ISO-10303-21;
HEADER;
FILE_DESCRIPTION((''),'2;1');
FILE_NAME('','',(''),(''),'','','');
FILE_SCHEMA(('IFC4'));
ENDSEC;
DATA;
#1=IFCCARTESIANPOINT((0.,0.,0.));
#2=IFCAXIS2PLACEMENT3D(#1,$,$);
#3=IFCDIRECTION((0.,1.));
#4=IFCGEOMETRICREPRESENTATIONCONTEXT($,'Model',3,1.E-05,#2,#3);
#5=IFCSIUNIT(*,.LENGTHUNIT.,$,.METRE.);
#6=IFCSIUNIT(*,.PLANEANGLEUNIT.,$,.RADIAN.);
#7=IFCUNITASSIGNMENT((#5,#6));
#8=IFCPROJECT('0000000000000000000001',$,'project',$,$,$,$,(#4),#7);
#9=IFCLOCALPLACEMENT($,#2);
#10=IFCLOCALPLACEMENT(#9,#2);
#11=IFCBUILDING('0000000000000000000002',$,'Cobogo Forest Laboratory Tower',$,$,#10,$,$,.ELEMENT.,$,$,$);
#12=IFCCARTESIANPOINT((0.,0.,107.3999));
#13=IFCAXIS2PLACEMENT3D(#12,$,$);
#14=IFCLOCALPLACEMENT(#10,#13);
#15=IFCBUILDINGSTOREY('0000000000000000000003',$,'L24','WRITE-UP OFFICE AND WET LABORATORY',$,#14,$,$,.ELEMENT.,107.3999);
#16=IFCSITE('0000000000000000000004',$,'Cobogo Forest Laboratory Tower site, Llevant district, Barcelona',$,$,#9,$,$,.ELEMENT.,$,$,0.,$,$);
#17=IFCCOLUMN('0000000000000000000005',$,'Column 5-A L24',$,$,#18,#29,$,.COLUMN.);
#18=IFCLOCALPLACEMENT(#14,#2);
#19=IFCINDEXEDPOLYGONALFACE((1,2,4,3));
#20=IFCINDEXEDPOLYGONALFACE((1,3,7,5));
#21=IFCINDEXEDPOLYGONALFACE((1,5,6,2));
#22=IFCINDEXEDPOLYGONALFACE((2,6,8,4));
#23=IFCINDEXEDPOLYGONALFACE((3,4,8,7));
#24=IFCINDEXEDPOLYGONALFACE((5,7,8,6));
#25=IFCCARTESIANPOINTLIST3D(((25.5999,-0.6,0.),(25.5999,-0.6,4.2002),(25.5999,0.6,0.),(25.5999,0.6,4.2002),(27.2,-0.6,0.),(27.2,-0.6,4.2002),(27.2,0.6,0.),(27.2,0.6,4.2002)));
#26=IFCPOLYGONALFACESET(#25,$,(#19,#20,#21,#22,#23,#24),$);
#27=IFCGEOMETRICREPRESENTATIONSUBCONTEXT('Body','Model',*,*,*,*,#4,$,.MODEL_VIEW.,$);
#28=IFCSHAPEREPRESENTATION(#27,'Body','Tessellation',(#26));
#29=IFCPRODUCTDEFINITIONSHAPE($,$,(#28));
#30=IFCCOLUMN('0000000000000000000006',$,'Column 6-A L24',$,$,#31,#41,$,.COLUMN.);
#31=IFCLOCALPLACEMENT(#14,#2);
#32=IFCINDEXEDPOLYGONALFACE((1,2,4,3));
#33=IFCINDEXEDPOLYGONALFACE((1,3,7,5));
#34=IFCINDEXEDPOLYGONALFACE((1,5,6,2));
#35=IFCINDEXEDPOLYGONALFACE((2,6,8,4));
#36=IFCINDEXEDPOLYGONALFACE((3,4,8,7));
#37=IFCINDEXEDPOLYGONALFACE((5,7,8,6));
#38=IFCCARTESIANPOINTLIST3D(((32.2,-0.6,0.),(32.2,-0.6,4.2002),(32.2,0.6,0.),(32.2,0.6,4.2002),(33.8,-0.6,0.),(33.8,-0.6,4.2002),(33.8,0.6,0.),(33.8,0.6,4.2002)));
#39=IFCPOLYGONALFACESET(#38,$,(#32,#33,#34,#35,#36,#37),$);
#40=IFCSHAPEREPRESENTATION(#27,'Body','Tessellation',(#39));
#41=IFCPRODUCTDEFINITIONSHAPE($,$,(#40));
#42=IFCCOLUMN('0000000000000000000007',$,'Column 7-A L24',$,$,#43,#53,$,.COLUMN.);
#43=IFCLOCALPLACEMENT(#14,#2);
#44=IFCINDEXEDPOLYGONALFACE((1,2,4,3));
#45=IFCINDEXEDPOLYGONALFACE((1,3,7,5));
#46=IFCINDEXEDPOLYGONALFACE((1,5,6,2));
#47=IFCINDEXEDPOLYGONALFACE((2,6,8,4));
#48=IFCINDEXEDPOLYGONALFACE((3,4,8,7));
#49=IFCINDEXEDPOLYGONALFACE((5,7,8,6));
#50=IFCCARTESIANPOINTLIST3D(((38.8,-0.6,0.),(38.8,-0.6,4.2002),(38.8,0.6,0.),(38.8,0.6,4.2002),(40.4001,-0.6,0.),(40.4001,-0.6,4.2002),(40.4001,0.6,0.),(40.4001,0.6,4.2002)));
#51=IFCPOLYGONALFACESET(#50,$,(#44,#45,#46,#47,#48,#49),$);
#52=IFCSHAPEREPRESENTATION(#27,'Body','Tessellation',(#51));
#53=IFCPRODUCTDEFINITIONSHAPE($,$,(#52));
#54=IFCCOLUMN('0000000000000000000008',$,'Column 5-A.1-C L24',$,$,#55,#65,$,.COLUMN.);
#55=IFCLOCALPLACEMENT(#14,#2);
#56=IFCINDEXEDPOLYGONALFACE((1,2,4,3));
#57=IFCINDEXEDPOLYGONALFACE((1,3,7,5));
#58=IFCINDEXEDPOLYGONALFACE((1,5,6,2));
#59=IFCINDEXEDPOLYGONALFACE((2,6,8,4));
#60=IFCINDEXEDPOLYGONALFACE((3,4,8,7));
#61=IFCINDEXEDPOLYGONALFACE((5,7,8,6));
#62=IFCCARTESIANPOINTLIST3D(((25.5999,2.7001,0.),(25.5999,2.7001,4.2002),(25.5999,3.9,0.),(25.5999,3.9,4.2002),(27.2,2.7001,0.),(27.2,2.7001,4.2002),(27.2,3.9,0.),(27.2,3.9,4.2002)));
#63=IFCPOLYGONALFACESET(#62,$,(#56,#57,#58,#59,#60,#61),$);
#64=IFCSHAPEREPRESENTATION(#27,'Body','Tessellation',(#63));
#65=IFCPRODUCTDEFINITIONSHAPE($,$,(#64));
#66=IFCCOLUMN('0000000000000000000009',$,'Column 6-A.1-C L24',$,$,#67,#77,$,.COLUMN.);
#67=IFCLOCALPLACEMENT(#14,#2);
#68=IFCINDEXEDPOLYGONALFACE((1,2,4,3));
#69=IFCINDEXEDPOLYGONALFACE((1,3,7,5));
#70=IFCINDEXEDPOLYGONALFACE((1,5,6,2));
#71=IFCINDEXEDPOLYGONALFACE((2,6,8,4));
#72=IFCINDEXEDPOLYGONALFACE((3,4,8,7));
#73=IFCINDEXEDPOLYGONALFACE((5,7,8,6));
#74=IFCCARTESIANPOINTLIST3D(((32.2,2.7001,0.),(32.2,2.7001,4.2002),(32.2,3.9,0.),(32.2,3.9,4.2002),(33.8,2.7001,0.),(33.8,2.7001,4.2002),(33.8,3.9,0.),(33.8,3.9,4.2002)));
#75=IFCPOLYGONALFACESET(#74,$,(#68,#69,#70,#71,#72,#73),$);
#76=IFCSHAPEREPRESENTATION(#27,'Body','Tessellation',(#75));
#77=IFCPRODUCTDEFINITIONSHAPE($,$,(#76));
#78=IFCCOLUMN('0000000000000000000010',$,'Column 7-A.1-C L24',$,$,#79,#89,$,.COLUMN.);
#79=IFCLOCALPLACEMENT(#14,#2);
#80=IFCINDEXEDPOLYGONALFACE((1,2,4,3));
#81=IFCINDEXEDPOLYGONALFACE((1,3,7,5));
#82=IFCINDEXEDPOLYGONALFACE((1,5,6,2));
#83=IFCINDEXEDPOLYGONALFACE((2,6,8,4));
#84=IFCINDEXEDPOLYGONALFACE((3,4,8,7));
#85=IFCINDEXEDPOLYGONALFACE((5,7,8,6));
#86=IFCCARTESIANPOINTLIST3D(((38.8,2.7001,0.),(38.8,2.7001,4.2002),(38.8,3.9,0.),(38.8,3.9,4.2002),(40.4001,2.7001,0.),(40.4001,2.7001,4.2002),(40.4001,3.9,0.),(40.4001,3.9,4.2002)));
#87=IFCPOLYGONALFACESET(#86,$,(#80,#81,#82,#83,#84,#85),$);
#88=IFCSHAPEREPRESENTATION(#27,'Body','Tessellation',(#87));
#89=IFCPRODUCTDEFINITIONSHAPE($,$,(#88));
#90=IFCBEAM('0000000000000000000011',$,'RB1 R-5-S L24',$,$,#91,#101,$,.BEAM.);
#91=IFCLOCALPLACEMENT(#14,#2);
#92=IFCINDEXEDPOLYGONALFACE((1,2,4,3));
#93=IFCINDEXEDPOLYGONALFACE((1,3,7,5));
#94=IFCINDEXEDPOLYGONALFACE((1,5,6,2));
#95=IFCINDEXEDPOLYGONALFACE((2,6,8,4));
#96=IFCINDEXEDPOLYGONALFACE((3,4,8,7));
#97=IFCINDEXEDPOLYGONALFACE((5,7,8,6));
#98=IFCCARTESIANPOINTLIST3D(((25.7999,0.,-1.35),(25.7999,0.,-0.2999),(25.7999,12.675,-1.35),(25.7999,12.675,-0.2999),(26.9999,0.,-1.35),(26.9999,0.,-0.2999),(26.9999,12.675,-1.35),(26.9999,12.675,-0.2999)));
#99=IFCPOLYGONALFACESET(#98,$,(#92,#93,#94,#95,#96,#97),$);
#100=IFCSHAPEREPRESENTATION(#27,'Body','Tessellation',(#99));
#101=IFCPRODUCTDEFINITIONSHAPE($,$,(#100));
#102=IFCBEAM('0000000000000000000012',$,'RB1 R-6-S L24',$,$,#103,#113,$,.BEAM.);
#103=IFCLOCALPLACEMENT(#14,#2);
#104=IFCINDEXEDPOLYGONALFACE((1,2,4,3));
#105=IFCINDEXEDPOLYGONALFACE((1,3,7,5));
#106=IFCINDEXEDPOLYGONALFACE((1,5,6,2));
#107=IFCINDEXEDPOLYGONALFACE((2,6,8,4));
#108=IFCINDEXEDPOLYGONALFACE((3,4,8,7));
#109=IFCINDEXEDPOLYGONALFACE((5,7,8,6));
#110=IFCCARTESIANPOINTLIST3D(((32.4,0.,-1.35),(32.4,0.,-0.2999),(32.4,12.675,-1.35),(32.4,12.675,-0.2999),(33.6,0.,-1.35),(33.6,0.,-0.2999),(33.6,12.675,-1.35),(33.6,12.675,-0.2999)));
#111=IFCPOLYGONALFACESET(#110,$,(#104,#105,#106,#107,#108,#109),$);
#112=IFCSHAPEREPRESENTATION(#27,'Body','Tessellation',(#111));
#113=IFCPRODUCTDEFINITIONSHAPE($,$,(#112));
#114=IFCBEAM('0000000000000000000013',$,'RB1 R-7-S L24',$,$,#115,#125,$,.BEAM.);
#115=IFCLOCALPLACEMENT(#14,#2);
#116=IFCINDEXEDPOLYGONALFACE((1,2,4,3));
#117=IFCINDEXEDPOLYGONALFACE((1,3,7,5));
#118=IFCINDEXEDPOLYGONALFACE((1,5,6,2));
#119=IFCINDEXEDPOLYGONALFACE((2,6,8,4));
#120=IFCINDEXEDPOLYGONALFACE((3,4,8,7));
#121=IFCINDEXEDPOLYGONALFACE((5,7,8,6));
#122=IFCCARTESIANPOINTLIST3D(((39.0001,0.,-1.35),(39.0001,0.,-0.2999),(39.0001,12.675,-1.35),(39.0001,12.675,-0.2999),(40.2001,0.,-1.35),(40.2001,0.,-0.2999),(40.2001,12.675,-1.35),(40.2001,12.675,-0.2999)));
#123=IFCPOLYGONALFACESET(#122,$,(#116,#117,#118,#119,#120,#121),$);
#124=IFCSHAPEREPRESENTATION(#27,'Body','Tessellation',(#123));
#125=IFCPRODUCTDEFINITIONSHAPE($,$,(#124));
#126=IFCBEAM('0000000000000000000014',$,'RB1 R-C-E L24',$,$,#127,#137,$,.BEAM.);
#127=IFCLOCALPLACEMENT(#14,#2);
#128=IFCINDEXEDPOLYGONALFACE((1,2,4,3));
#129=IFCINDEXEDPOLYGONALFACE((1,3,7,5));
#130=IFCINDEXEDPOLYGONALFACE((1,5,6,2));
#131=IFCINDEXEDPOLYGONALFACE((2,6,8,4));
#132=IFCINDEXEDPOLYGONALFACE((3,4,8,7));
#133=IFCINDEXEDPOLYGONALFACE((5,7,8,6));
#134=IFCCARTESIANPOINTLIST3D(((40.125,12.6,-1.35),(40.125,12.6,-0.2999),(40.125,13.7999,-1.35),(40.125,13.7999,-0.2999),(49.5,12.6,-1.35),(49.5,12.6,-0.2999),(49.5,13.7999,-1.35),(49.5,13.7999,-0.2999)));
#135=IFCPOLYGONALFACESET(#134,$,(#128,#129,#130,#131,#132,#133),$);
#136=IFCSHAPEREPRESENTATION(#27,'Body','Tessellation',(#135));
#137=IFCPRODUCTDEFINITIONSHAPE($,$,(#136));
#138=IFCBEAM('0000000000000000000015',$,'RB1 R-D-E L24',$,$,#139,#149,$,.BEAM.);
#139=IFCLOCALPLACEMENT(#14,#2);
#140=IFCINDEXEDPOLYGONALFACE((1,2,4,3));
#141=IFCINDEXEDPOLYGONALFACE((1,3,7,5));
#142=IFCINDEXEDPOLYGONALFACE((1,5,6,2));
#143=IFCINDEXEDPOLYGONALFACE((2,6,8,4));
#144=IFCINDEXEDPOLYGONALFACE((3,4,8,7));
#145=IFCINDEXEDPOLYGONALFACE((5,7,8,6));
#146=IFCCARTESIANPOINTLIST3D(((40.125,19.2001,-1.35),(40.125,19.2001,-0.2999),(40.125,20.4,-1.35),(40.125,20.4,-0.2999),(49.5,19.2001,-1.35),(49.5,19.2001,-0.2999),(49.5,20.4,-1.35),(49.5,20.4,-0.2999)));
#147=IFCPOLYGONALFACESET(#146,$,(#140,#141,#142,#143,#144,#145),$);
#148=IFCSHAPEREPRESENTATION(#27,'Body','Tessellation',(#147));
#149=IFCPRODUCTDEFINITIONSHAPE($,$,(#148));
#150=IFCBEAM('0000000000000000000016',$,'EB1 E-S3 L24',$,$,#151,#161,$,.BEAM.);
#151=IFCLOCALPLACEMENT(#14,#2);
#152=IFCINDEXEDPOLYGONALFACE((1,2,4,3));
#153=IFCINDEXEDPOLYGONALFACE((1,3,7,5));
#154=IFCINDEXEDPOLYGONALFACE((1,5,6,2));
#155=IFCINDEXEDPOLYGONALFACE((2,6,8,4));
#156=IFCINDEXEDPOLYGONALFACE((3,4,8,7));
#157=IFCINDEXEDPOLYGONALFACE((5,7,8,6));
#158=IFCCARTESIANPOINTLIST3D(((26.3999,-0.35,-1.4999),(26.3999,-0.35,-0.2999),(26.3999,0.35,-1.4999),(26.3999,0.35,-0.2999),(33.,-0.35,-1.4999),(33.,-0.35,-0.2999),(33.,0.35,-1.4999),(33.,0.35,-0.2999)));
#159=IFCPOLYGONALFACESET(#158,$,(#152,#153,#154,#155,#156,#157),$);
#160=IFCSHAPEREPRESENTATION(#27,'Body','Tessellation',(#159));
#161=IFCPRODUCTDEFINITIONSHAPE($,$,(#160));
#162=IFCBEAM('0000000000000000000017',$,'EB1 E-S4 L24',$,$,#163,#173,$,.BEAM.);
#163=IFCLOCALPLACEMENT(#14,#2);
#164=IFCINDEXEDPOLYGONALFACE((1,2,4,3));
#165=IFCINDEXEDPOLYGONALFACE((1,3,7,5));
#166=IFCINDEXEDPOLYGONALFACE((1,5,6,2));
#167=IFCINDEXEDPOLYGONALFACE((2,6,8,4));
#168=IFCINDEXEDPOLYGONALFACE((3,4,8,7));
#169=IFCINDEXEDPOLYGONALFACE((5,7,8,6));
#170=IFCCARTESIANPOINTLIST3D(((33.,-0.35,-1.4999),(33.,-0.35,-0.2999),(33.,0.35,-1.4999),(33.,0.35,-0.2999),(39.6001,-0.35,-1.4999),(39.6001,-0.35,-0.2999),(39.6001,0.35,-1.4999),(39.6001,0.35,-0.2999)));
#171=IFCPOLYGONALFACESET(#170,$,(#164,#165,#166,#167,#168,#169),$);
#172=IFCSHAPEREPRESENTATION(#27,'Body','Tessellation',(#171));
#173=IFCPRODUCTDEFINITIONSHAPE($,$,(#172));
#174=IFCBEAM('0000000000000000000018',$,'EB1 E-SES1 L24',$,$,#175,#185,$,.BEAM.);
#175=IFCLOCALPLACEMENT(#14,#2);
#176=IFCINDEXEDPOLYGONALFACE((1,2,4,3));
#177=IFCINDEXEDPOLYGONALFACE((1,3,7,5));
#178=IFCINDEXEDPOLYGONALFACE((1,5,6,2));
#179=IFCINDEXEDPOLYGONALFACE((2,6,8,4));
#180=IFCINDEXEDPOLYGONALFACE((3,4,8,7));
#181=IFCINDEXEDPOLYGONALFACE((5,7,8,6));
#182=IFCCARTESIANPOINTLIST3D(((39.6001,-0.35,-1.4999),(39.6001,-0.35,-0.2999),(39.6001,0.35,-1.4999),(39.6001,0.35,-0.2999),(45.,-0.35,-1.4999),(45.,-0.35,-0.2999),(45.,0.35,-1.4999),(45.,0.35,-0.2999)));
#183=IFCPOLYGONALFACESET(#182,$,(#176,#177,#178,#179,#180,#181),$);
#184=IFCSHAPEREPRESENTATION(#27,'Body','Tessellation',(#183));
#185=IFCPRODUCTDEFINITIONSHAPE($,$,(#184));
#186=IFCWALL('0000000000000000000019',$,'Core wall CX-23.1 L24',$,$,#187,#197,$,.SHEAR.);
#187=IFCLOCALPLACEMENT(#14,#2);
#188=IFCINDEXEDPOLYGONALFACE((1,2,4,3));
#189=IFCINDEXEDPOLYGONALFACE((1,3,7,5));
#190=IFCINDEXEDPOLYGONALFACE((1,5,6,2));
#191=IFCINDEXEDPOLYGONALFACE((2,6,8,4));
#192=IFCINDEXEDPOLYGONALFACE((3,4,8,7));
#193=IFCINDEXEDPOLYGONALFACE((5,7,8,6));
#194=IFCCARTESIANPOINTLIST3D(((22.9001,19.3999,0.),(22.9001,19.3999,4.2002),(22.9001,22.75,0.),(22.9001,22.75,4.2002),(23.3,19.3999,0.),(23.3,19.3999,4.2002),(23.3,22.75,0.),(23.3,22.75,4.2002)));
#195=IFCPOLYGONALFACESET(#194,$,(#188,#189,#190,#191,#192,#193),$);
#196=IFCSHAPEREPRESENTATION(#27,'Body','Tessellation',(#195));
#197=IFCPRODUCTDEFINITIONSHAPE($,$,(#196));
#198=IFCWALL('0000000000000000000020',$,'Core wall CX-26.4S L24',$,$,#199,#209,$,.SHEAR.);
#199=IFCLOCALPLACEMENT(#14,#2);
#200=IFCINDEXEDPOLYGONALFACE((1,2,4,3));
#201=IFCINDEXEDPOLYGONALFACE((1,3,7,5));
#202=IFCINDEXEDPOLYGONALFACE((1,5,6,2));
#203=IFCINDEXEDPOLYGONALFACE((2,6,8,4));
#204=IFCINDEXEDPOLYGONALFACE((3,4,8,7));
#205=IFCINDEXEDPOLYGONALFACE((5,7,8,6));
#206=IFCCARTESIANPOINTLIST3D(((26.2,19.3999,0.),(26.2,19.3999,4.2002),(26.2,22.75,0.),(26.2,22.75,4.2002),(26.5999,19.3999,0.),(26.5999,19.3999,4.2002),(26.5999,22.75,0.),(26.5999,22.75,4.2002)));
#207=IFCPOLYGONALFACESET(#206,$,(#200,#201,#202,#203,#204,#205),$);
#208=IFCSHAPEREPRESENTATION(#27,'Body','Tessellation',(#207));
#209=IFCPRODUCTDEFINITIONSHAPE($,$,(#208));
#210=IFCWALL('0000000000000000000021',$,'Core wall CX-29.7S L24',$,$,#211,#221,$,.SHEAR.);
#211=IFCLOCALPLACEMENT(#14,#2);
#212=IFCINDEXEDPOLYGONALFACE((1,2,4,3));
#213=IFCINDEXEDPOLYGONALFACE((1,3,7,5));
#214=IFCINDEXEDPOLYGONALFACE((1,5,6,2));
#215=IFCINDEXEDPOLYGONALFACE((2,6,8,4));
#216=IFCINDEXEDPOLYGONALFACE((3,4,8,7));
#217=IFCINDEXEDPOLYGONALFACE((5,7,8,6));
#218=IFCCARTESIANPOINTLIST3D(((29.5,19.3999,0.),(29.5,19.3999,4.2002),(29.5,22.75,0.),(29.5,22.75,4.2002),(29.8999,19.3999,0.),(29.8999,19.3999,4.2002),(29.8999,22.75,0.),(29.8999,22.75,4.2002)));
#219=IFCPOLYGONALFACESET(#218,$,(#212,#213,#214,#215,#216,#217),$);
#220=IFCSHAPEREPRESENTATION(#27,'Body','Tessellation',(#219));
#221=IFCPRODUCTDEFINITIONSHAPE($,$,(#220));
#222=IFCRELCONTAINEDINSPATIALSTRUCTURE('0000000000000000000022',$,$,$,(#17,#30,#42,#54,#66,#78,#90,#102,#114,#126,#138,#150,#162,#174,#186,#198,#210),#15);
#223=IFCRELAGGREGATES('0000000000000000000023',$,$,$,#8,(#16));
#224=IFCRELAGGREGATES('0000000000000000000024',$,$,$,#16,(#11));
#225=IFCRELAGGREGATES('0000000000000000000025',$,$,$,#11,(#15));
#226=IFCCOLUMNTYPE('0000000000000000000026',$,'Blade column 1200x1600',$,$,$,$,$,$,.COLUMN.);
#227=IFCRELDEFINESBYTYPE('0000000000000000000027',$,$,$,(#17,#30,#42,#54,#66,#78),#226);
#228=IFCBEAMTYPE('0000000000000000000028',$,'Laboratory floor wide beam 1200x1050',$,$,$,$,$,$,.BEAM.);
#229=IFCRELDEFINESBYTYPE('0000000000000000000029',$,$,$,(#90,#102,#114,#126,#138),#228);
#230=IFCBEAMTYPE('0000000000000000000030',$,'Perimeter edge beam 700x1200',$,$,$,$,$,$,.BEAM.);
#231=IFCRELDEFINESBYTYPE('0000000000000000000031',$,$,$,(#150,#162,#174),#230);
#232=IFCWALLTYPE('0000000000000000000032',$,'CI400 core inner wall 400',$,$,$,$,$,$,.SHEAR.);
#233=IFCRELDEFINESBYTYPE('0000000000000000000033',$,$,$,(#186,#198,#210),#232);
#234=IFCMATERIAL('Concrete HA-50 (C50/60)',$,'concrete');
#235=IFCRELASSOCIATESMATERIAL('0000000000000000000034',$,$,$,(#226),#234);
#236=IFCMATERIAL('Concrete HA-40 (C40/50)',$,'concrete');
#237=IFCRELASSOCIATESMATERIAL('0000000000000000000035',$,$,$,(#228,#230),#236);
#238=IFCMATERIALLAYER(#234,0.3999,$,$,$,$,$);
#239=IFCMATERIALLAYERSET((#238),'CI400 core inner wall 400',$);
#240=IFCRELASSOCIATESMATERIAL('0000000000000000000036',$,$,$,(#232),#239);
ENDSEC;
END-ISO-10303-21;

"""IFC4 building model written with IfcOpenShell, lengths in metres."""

from ifc_helpers import new_model, si_unit, direction, frame, frame_2d, origin, origin_2d, place, context, subcontext, project, spatial, rectangle, extrude, material, layer, layer_set, material_profile, profile_set, type_object, element, save


model = new_model("IFC4")

# Units and contexts
model_context = context("Model", 3, precision=1e-05, world=origin(), true_north=direction((0.0, 1.0)))
body_context = subcontext(model_context, "Body", "Model", "MODEL_VIEW")
ifc_project = project(units=[si_unit("LENGTHUNIT", "METRE"), si_unit("PLANEANGLEUNIT", "RADIAN")], contexts=[model_context])

# Site, building, storey
site_placement = place(None, origin())
site = spatial("IfcSite", under=ifc_project, at=site_placement, Name="Cobogo Forest Laboratory Tower site, Llevant district, Barcelona", CompositionType="ELEMENT", RefElevation=0.0)
building_placement = place(site_placement, origin())
building = spatial("IfcBuilding", under=site, at=building_placement, Name="Cobogo Forest Laboratory Tower", CompositionType="ELEMENT")
storey_placement = place(building_placement, frame((0.0, 0.0, 107.3999)))
storey = spatial("IfcBuildingStorey", under=building, at=storey_placement, Name="L24", Description="WRITE-UP OFFICE AND WET LABORATORY", CompositionType="ELEMENT", Elevation=107.3999)

# Columns
ifc_material_1 = material(Name="Concrete HA-50 (C50/60)", Category="concrete")
ifc_material_profile_1 = material_profile(ifc_material_1, rectangle(XDim=1.6001, YDim=1.2, at=origin_2d()), Name="RC 1200x1600")
ifc_profile_set_1 = profile_set([ifc_material_profile_1], Name="Concrete HA-50 (C50/60)")
column_type = type_object("IfcColumnType", Name="Blade column 1200x1600", PredefinedType="COLUMN", material=ifc_profile_set_1)
for number, where, z_axis, x_axis, name in (
    (1, (26.3999, 0.0, 0.0), (0.0, 0.0, 1.0), (1.0, 0.0, 0.0), "Column 5-A L24"),
    (2, (33.0, 0.0, 0.0), (0.0, 0.0, 1.0), (1.0, 0.0, 0.0), "Column 6-A L24"),
    (3, (39.6001, 0.0, 0.0), (0.0, 0.0, 1.0), (1.0, 0.0, 0.0), "Column 7-A L24"),
    (4, (26.3999, 3.3, 0.0), (0.0, 0.0, 1.0), (1.0, 0.0, 0.0), "Column 5-A.1-C L24"),
    (5, (33.0, 3.3, 0.0), (0.0, 0.0, 1.0), (1.0, 0.0, 0.0), "Column 6-A.1-C L24"),
    (6, (39.6001, 3.3, 0.0), (0.0, 0.0, 1.0), (1.0, 0.0, 0.0), "Column 7-A.1-C L24"),
):
    element("IfcColumn", number, at=place(storey_placement, frame(where, z_axis=z_axis, x_axis=x_axis)), inside=storey, type_object=column_type, Name=name, PredefinedType="COLUMN", context=body_context, shape_type="SweptSolid", body=[
        extrude(rectangle(XDim=1.6001, YDim=1.2, at=origin_2d()), origin(), (0.0, 0.0, 1.0), 4.2002),
    ])

# Beams
ifc_material_2 = material(Name="Concrete HA-40 (C40/50)", Category="concrete")
ifc_material_profile_2 = material_profile(ifc_material_2, rectangle(XDim=1.2, YDim=1.05, at=origin_2d()), Name="RC 1200x1050")
ifc_profile_set_2 = profile_set([ifc_material_profile_2], Name="Concrete HA-40 (C40/50)")
beam_type_1 = type_object("IfcBeamType", Name="Laboratory floor wide beam 1200x1050", PredefinedType="BEAM", material=ifc_profile_set_2)
for number, where, z_axis, x_axis, name in (
    (7, (26.3999, 12.675, -0.825), (0.0, -1.0, 0.0), (1.0, 0.0, 0.0), "RB1 R-5-S L24"),
    (8, (33.0, 12.675, -0.825), (0.0, -1.0, 0.0), (1.0, 0.0, 0.0), "RB1 R-6-S L24"),
    (9, (39.6001, 12.675, -0.825), (0.0, -1.0, 0.0), (1.0, 0.0, 0.0), "RB1 R-7-S L24"),
):
    element("IfcBeam", number, at=place(storey_placement, frame(where, z_axis=z_axis, x_axis=x_axis)), inside=storey, type_object=beam_type_1, Name=name, PredefinedType="BEAM", context=body_context, shape_type="SweptSolid", body=[
        extrude(rectangle(XDim=1.2, YDim=1.05, at=origin_2d()), origin(), (0.0, 0.0, 1.0), 12.675),
    ])
for number, where, z_axis, x_axis, name in (
    (10, (40.125, 13.2, -0.825), (1.0, 0.0, 0.0), (0.0, 1.0, 0.0), "RB1 R-C-E L24"),
    (11, (40.125, 19.8, -0.825), (1.0, 0.0, 0.0), (0.0, 1.0, 0.0), "RB1 R-D-E L24"),
):
    element("IfcBeam", number, at=place(storey_placement, frame(where, z_axis=z_axis, x_axis=x_axis)), inside=storey, type_object=beam_type_1, Name=name, PredefinedType="BEAM", context=body_context, shape_type="SweptSolid", body=[
        extrude(rectangle(XDim=1.2, YDim=1.05, at=origin_2d()), origin(), (0.0, 0.0, 1.0), 9.375),
    ])
ifc_material_profile_3 = material_profile(ifc_material_2, rectangle(XDim=0.7, YDim=1.2, at=origin_2d()), Name="RC 700x1200")
ifc_profile_set_3 = profile_set([ifc_material_profile_3], Name="Concrete HA-40 (C40/50)")
beam_type_2 = type_object("IfcBeamType", Name="Perimeter edge beam 700x1200", PredefinedType="BEAM", material=ifc_profile_set_3)
for number, where, z_axis, x_axis, name in (
    (12, (26.3999, 0.0, -0.8999), (1.0, 0.0, 0.0), (0.0, 1.0, 0.0), "EB1 E-S3 L24"),
    (13, (33.0, 0.0, -0.8999), (1.0, 0.0, 0.0), (0.0, 1.0, 0.0), "EB1 E-S4 L24"),
):
    element("IfcBeam", number, at=place(storey_placement, frame(where, z_axis=z_axis, x_axis=x_axis)), inside=storey, type_object=beam_type_2, Name=name, PredefinedType="BEAM", context=body_context, shape_type="SweptSolid", body=[
        extrude(rectangle(XDim=0.7, YDim=1.2, at=origin_2d()), origin(), (0.0, 0.0, 1.0), 6.6001),
    ])
beam_placement = place(storey_placement, frame((39.6001, 0.0, -0.8999), z_axis=(1.0, 0.0, 0.0), x_axis=(0.0, 1.0, 0.0)))
element("IfcBeam", 14, at=beam_placement, inside=storey, type_object=beam_type_2, Name="EB1 E-SES1 L24", PredefinedType="BEAM", context=body_context, shape_type="SweptSolid", body=[
    extrude(rectangle(XDim=0.7, YDim=1.2, at=origin_2d()), origin(), (0.0, 0.0, 1.0), 5.3999),
])

# Walls
ifc_layer_1 = layer(ifc_material_1, 0.3999)
ifc_layer_set_1 = layer_set([ifc_layer_1], Name="CI400 core inner wall 400")
wall_type_1 = type_object("IfcWallType", Name="CI400 core inner wall 400", PredefinedType="SHEAR", material=ifc_layer_set_1)
for number, where, z_axis, x_axis, name in (
    (15, (23.1001, 19.3999, 0.0), (0.0, 0.0, 1.0), (0.0, 1.0, 0.0), "Core wall CX-23.1 L24"),
    (16, (26.3999, 19.3999, 0.0), (0.0, 0.0, 1.0), (0.0, 1.0, 0.0), "Core wall CX-26.4S L24"),
    (17, (29.7, 19.3999, 0.0), (0.0, 0.0, 1.0), (0.0, 1.0, 0.0), "Core wall CX-29.7S L24"),
):
    element("IfcWall", number, at=place(storey_placement, frame(where, z_axis=z_axis, x_axis=x_axis)), inside=storey, type_object=wall_type_1, Name=name, PredefinedType="SHEAR", context=body_context, shape_type="SweptSolid", body=[
        extrude(rectangle(XDim=3.3501, YDim=0.3999, at=frame_2d((1.675, 0.0))), origin(), (0.0, 0.0, 1.0), 4.2002),
    ])

save(model, "model.ifc")
